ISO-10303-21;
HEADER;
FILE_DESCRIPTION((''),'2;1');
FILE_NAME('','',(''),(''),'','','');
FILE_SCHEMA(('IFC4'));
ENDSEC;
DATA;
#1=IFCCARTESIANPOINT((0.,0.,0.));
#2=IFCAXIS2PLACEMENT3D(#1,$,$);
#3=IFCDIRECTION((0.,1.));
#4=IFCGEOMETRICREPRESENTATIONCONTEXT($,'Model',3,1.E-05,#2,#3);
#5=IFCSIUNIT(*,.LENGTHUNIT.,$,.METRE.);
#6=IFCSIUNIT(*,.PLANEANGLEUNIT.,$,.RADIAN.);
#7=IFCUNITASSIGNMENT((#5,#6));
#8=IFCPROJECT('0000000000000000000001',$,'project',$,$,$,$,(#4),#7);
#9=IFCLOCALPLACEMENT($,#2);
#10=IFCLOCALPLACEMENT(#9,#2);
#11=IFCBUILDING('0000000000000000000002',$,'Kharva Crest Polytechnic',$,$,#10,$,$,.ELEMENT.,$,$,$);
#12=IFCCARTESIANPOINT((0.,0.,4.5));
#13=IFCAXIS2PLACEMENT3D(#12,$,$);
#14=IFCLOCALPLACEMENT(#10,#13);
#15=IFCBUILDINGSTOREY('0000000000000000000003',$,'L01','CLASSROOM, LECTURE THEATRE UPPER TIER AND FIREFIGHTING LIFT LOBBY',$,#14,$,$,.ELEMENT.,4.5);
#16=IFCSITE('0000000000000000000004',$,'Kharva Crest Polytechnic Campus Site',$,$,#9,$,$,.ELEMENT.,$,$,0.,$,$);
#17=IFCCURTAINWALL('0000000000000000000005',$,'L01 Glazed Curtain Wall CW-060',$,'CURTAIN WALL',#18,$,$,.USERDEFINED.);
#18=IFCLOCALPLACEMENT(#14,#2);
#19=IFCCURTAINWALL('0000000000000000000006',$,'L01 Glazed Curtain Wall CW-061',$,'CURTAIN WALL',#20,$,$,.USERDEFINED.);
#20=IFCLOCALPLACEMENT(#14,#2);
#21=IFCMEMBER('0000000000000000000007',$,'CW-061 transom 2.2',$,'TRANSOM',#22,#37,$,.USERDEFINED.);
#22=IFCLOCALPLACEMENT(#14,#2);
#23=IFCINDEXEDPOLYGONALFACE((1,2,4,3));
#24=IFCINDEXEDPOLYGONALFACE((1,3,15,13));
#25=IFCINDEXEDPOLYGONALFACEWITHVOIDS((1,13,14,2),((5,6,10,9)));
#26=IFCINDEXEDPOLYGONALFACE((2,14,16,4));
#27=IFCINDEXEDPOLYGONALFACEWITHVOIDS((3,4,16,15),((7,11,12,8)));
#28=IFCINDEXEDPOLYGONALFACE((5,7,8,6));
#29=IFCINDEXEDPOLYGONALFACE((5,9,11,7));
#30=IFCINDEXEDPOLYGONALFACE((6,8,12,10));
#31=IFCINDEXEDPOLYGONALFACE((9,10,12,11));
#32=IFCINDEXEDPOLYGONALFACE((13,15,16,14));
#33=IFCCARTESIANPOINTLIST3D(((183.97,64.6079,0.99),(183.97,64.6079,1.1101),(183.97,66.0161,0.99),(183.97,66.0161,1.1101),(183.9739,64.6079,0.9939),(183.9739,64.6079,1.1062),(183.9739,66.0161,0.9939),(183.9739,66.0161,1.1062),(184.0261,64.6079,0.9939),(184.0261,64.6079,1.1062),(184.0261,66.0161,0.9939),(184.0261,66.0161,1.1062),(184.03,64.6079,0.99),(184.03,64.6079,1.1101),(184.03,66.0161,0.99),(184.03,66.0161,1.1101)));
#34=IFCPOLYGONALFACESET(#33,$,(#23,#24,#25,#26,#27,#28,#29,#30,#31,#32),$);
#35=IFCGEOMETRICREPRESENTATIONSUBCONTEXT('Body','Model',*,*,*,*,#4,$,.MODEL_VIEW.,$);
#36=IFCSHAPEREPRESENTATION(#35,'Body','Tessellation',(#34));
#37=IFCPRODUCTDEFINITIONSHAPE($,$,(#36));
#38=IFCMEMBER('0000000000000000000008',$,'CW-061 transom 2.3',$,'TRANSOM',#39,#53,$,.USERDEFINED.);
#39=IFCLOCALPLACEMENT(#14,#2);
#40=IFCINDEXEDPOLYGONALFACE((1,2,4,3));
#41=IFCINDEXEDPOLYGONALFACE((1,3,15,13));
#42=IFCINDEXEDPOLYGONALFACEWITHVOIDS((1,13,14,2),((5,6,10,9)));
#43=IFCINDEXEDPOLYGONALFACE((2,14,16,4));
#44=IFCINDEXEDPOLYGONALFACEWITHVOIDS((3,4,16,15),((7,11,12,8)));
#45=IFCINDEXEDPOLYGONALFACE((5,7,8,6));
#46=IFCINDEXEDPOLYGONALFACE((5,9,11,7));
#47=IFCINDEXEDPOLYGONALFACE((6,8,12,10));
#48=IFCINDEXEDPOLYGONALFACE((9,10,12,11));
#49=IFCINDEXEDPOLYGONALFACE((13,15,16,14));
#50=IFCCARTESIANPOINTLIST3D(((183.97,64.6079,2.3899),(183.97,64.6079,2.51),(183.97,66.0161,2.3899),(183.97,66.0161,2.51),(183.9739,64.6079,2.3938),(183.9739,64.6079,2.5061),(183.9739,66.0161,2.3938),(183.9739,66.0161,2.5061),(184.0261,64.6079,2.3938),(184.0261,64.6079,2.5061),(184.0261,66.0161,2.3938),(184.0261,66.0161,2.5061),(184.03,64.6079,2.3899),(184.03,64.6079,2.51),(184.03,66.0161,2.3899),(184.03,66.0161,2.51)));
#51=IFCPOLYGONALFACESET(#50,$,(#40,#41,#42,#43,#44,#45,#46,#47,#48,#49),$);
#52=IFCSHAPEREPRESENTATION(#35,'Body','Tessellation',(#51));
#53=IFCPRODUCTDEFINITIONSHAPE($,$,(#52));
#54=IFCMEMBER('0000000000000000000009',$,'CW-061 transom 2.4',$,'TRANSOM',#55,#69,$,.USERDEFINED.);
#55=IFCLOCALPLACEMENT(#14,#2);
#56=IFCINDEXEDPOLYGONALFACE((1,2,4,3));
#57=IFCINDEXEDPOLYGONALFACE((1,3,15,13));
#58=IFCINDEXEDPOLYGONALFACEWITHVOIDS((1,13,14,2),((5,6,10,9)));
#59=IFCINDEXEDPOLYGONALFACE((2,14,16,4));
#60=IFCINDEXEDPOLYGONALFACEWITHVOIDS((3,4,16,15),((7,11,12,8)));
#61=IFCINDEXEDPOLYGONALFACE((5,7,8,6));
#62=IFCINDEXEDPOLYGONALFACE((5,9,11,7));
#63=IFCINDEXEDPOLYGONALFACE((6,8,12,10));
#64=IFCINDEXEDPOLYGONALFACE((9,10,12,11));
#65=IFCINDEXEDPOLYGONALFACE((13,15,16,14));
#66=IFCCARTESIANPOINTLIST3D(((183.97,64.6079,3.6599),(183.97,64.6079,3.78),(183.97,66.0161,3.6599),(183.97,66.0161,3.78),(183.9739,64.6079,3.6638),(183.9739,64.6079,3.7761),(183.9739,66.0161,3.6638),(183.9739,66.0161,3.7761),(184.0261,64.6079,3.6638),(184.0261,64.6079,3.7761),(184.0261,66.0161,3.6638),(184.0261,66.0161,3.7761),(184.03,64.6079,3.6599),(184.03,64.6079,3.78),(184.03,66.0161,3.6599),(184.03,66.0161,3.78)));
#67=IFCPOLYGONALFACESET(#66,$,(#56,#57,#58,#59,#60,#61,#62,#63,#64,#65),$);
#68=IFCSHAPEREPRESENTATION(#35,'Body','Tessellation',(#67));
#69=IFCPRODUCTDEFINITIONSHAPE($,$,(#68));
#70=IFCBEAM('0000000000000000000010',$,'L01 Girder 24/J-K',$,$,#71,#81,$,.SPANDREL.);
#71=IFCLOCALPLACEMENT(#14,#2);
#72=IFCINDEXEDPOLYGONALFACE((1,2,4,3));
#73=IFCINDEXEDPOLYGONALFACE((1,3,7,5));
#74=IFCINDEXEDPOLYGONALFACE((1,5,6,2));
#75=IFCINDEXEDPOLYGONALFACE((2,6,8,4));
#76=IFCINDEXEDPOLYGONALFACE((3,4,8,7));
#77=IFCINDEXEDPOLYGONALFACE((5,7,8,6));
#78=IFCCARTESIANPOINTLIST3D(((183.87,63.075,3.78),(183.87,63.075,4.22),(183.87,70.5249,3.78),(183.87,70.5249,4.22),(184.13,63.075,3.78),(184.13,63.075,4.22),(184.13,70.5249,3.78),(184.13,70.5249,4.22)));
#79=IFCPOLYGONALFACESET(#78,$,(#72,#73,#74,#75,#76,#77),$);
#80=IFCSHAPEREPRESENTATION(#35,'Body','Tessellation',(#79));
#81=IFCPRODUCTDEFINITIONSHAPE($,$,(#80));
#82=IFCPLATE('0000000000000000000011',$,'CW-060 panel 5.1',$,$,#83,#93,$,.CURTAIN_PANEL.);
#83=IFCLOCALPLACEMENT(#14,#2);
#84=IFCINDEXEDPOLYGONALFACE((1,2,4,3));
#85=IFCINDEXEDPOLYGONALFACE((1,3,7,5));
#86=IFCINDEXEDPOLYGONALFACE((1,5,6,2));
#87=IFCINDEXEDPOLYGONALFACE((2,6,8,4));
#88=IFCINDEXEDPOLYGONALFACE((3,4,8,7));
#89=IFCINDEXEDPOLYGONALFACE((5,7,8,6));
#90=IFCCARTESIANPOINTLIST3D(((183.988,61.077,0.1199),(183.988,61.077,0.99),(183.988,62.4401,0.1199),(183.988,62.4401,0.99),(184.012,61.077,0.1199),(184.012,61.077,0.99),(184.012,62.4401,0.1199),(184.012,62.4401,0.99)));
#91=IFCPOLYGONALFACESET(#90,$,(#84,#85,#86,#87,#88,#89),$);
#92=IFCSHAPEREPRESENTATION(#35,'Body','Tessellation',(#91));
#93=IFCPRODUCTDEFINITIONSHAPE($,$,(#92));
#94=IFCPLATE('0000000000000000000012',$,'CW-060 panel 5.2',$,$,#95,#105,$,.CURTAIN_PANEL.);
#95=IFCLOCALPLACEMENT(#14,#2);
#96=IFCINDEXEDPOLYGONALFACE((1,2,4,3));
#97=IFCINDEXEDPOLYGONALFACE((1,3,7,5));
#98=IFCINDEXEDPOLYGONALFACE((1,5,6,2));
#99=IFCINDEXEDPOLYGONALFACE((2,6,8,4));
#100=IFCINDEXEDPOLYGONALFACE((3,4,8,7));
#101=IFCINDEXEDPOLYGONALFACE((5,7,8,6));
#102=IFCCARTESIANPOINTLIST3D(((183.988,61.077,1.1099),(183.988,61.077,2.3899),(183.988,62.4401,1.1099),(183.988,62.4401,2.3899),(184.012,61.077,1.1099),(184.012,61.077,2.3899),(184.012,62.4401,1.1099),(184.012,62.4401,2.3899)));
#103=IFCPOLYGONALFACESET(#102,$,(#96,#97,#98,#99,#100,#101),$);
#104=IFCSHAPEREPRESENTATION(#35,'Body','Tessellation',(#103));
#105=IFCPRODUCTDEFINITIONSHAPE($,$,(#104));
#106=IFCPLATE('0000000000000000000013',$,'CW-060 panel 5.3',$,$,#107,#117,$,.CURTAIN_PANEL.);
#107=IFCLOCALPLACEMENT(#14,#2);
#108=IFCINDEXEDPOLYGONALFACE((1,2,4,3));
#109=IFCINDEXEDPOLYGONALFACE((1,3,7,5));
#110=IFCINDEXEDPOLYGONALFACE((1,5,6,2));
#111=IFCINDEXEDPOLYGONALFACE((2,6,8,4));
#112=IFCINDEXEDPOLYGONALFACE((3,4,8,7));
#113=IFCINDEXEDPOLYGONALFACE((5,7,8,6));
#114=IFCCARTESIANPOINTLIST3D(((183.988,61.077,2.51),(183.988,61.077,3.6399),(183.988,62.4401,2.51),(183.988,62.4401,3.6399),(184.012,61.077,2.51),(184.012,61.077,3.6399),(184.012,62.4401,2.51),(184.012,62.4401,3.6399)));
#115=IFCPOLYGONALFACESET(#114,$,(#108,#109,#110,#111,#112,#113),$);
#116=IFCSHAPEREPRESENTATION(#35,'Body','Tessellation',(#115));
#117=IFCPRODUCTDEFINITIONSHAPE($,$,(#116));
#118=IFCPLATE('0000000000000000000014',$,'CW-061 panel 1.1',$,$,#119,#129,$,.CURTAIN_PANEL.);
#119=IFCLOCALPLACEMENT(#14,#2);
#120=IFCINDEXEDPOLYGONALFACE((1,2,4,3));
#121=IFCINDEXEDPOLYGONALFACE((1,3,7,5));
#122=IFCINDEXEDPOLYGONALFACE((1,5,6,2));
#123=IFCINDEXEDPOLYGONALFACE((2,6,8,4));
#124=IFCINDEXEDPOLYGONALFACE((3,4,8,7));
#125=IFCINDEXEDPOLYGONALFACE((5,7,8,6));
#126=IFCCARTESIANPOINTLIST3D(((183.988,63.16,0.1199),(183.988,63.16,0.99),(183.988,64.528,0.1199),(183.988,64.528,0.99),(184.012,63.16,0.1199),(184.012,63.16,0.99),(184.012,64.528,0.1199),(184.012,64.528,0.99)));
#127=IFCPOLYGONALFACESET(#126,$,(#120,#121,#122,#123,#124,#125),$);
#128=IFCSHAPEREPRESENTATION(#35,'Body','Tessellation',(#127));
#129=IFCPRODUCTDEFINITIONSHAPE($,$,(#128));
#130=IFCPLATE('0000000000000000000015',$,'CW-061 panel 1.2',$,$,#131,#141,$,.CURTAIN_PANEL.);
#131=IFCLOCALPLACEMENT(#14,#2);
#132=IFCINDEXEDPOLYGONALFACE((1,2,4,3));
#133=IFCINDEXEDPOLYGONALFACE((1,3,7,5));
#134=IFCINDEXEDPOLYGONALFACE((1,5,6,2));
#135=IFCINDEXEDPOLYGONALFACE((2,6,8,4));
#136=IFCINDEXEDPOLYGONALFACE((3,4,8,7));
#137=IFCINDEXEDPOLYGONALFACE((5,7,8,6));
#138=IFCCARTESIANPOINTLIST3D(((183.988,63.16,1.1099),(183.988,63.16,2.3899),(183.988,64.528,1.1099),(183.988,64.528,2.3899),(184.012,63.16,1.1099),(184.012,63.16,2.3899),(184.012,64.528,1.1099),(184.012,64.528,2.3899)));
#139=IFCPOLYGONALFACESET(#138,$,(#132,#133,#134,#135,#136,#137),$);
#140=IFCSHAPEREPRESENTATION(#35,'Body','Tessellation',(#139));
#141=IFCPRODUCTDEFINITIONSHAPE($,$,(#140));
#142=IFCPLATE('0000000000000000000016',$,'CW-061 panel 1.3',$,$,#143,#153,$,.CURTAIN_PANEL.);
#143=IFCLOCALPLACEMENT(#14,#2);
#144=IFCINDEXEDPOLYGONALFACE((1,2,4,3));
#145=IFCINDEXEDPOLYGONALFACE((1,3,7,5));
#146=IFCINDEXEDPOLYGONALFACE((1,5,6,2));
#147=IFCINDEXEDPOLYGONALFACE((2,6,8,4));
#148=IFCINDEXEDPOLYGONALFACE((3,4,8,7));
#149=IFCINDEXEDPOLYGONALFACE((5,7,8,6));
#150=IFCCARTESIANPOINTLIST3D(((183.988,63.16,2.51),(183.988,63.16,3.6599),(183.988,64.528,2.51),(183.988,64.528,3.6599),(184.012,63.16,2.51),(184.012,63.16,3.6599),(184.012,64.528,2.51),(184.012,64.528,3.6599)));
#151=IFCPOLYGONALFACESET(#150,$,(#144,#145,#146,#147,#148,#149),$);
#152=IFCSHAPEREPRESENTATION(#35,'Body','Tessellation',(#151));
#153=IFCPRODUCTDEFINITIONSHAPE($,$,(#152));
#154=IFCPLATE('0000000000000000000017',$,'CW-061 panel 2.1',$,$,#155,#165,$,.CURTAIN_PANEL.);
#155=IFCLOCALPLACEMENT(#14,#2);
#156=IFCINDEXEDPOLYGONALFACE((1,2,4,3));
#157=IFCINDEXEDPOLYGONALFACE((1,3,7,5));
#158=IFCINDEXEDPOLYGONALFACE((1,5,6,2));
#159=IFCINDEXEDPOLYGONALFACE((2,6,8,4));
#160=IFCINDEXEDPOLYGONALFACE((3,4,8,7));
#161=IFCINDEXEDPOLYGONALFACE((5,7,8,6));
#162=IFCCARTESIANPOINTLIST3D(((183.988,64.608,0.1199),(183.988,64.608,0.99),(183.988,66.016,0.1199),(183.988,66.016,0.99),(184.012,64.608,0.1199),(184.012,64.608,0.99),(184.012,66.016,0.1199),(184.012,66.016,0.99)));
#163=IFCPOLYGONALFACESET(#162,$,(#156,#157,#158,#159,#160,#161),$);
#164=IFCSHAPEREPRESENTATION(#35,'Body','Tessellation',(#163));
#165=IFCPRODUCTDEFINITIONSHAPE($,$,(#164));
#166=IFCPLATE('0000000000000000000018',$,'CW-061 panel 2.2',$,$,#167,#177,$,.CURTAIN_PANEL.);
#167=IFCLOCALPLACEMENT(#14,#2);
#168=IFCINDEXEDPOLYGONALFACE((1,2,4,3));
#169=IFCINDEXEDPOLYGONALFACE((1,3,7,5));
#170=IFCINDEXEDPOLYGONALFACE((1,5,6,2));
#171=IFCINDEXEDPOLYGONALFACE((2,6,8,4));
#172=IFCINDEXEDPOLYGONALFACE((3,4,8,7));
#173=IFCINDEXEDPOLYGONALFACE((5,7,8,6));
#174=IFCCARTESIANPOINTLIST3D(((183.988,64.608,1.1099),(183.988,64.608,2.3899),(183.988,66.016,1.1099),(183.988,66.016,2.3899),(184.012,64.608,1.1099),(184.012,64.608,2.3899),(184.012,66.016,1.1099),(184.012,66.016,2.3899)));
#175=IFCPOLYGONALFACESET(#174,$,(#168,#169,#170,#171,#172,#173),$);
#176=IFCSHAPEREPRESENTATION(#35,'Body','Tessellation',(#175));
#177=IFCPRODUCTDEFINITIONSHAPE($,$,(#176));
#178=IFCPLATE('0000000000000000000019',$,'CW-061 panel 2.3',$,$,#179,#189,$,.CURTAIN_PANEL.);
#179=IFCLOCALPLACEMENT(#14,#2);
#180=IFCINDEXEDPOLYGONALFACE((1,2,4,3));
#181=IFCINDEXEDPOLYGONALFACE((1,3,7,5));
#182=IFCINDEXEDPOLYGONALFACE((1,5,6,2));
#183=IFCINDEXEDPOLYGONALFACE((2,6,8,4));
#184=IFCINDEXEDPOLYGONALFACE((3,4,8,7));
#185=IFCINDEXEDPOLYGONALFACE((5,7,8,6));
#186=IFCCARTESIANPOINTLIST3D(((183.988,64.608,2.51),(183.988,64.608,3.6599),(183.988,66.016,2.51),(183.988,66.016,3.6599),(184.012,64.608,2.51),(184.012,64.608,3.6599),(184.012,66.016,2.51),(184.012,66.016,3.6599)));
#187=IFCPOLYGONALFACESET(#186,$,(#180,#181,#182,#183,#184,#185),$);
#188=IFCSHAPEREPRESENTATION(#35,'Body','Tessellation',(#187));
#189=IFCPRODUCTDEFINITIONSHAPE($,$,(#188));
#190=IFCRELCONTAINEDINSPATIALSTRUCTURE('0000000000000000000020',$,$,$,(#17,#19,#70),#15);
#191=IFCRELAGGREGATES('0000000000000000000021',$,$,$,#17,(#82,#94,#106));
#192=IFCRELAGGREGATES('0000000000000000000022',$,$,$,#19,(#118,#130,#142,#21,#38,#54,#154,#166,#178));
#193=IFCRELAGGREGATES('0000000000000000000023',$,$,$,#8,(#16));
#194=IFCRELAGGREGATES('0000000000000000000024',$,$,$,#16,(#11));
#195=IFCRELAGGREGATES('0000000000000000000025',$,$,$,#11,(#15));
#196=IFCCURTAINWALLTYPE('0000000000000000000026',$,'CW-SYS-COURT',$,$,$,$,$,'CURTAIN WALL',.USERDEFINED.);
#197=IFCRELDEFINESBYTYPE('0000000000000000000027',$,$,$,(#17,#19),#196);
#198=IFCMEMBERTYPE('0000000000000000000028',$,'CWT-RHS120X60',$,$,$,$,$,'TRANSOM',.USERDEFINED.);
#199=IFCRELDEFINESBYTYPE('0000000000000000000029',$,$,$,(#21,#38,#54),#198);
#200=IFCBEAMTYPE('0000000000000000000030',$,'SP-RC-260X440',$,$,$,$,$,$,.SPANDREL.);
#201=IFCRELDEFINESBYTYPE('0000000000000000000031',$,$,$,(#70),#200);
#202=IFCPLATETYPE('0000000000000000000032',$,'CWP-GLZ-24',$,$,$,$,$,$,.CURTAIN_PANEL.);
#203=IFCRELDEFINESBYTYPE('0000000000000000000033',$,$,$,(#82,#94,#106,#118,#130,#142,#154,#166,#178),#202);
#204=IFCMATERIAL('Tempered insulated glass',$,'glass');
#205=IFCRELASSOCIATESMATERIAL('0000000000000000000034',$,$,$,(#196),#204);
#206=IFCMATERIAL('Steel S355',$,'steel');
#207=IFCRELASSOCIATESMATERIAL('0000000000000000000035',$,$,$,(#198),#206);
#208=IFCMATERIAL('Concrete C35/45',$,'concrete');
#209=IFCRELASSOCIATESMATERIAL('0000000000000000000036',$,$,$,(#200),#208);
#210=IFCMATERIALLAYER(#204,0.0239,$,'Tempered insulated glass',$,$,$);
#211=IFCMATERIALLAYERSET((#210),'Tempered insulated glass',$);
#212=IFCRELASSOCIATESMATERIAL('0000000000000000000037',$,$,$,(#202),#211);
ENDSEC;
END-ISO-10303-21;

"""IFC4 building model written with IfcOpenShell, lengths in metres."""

from ifc_helpers import new_model, si_unit, direction, frame, origin, origin_2d, place, context, subcontext, project, spatial, rectangle, hollow_rectangle, extrude, material, layer, layer_set, material_profile, profile_set, type_object, element, aggregate, save


model = new_model("IFC4")

# Units and contexts
model_context = context("Model", 3, precision=1e-05, world=origin(), true_north=direction((0.0, 1.0)))
body_context = subcontext(model_context, "Body", "Model", "MODEL_VIEW")
ifc_project = project(units=[si_unit("LENGTHUNIT", "METRE"), si_unit("PLANEANGLEUNIT", "RADIAN")], contexts=[model_context])

# Site, building, storey
site_placement = place(None, origin())
site = spatial("IfcSite", under=ifc_project, at=site_placement, Name="Kharva Crest Polytechnic Campus Site", CompositionType="ELEMENT", RefElevation=0.0)
building_placement = place(site_placement, origin())
building = spatial("IfcBuilding", under=site, at=building_placement, Name="Kharva Crest Polytechnic", CompositionType="ELEMENT")
storey_placement = place(building_placement, frame((0.0, 0.0, 4.5)))
storey = spatial("IfcBuildingStorey", under=building, at=storey_placement, Name="L01", Description="CLASSROOM, LECTURE THEATRE UPPER TIER AND FIREFIGHTING LIFT LOBBY", CompositionType="ELEMENT", Elevation=4.5)

# Curtain wall
ifc_material_1 = material(Name="Tempered insulated glass", Category="glass")
curtain_wall_type = type_object("IfcCurtainWallType", Name="CW-SYS-COURT", ElementType="CURTAIN WALL", PredefinedType="USERDEFINED", material=ifc_material_1)
curtain_wall_1_placement = place(storey_placement, origin())
curtain_wall_1 = element("IfcCurtainWall", 1, at=curtain_wall_1_placement, inside=storey, type_object=curtain_wall_type, Name="L01 Glazed Curtain Wall CW-060", ObjectType="CURTAIN WALL", PredefinedType="USERDEFINED")
ifc_material_2 = material(Name="Steel S355", Category="steel")

# Curtain wall
curtain_wall_2_placement = place(storey_placement, origin())
curtain_wall_2 = element("IfcCurtainWall", 2, at=curtain_wall_2_placement, inside=storey, type_object=curtain_wall_type, Name="L01 Glazed Curtain Wall CW-061", ObjectType="CURTAIN WALL", PredefinedType="USERDEFINED")

# Members
ifc_material_profile_1 = material_profile(ifc_material_2, hollow_rectangle(XDim=0.0601, YDim=0.1201, WallThickness=0.0039, at=origin_2d()), Name="RHS 120X60X4.0")
ifc_profile_set_1 = profile_set([ifc_material_profile_1], Name="Steel S355")
member_type_1 = type_object("IfcMemberType", Name="CWT-RHS120X60", ElementType="TRANSOM", PredefinedType="USERDEFINED", material=ifc_profile_set_1)
member_1_placement = place(storey_placement, frame((184.0, 64.6079, 1.05), z_axis=(0.0, 1.0, 0.0), x_axis=(-1.0, 0.0, 0.0)))
member_1 = element("IfcMember", 3, at=member_1_placement, type_object=member_type_1, Name="CW-061 transom 2.2", ObjectType="TRANSOM", PredefinedType="USERDEFINED", context=body_context, shape_type="SweptSolid", body=[
    extrude(hollow_rectangle(XDim=0.0601, YDim=0.1201, WallThickness=0.0039, at=origin_2d()), origin(), (0.0, 0.0, 1.0), 1.4082),
])
member_2_placement = place(storey_placement, frame((184.0, 64.6079, 2.45), z_axis=(0.0, 1.0, 0.0), x_axis=(-1.0, 0.0, 0.0)))
member_2 = element("IfcMember", 4, at=member_2_placement, type_object=member_type_1, Name="CW-061 transom 2.3", ObjectType="TRANSOM", PredefinedType="USERDEFINED", context=body_context, shape_type="SweptSolid", body=[
    extrude(hollow_rectangle(XDim=0.0601, YDim=0.1201, WallThickness=0.0039, at=origin_2d()), origin(), (0.0, 0.0, 1.0), 1.4082),
])
member_3_placement = place(storey_placement, frame((184.0, 64.6079, 3.72), z_axis=(0.0, 1.0, 0.0), x_axis=(-1.0, 0.0, 0.0)))
member_3 = element("IfcMember", 5, at=member_3_placement, type_object=member_type_1, Name="CW-061 transom 2.4", ObjectType="TRANSOM", PredefinedType="USERDEFINED", context=body_context, shape_type="SweptSolid", body=[
    extrude(hollow_rectangle(XDim=0.0601, YDim=0.1201, WallThickness=0.0039, at=origin_2d()), origin(), (0.0, 0.0, 1.0), 1.4082),
])

# Beam
ifc_material_3 = material(Name="Concrete C35/45", Category="concrete")
ifc_material_profile_2 = material_profile(ifc_material_3, rectangle(XDim=0.26, YDim=0.4399, at=origin_2d()), Name="RECT 260 X 440")
ifc_profile_set_2 = profile_set([ifc_material_profile_2], Name="Concrete C35/45")
beam_type = type_object("IfcBeamType", Name="SP-RC-260X440", PredefinedType="SPANDREL", material=ifc_profile_set_2)
beam_placement = place(storey_placement, frame((184.0, 63.075, 4.0), z_axis=(0.0, 1.0, 0.0), x_axis=(-1.0, 0.0, 0.0)))
element("IfcBeam", 6, at=beam_placement, inside=storey, type_object=beam_type, Name="L01 Girder 24/J-K", PredefinedType="SPANDREL", context=body_context, shape_type="SweptSolid", body=[
    extrude(rectangle(XDim=0.26, YDim=0.4399, at=origin_2d()), origin(), (0.0, 0.0, 1.0), 7.45),
])

# Plates
ifc_layer = layer(ifc_material_1, 0.0239, Name="Tempered insulated glass")
ifc_layer_set = layer_set([ifc_layer], Name="Tempered insulated glass")
plate_type = type_object("IfcPlateType", Name="CWP-GLZ-24", PredefinedType="CURTAIN_PANEL", material=ifc_layer_set)
plate_1_placement = place(storey_placement, frame((184.0, 61.7585, 0.1199), z_axis=(0.0, 0.0, 1.0), x_axis=(0.0, 1.0, 0.0)))
plate_1 = element("IfcPlate", 7, at=plate_1_placement, type_object=plate_type, Name="CW-060 panel 5.1", PredefinedType="CURTAIN_PANEL", context=body_context, shape_type="SweptSolid", body=[
    extrude(rectangle(XDim=1.363, YDim=0.0239, at=origin_2d()), origin(), (0.0, 0.0, 1.0), 0.8701),
])
plate_2_placement = place(storey_placement, frame((184.0, 61.7585, 1.1099), z_axis=(0.0, 0.0, 1.0), x_axis=(0.0, 1.0, 0.0)))
plate_2 = element("IfcPlate", 8, at=plate_2_placement, type_object=plate_type, Name="CW-060 panel 5.2", PredefinedType="CURTAIN_PANEL", context=body_context, shape_type="SweptSolid", body=[
    extrude(rectangle(XDim=1.363, YDim=0.0239, at=origin_2d()), origin(), (0.0, 0.0, 1.0), 1.28),
])
plate_3_placement = place(storey_placement, frame((184.0, 61.7585, 2.51), z_axis=(0.0, 0.0, 1.0), x_axis=(0.0, 1.0, 0.0)))
plate_3 = element("IfcPlate", 9, at=plate_3_placement, type_object=plate_type, Name="CW-060 panel 5.3", PredefinedType="CURTAIN_PANEL", context=body_context, shape_type="SweptSolid", body=[
    extrude(rectangle(XDim=1.363, YDim=0.0239, at=origin_2d()), origin(), (0.0, 0.0, 1.0), 1.1299),
])
aggregate(curtain_wall_1, [plate_1, plate_2, plate_3])
plate_4_placement = place(storey_placement, frame((184.0, 63.844, 0.1199), z_axis=(0.0, 0.0, 1.0), x_axis=(0.0, 1.0, 0.0)))
plate_4 = element("IfcPlate", 10, at=plate_4_placement, type_object=plate_type, Name="CW-061 panel 1.1", PredefinedType="CURTAIN_PANEL", context=body_context, shape_type="SweptSolid", body=[
    extrude(rectangle(XDim=1.3679, YDim=0.0239, at=origin_2d()), origin(), (0.0, 0.0, 1.0), 0.8701),
])
plate_5_placement = place(storey_placement, frame((184.0, 63.844, 1.1099), z_axis=(0.0, 0.0, 1.0), x_axis=(0.0, 1.0, 0.0)))
plate_5 = element("IfcPlate", 11, at=plate_5_placement, type_object=plate_type, Name="CW-061 panel 1.2", PredefinedType="CURTAIN_PANEL", context=body_context, shape_type="SweptSolid", body=[
    extrude(rectangle(XDim=1.3679, YDim=0.0239, at=origin_2d()), origin(), (0.0, 0.0, 1.0), 1.28),
])
plate_6_placement = place(storey_placement, frame((184.0, 63.844, 2.51), z_axis=(0.0, 0.0, 1.0), x_axis=(0.0, 1.0, 0.0)))
plate_6 = element("IfcPlate", 12, at=plate_6_placement, type_object=plate_type, Name="CW-061 panel 1.3", PredefinedType="CURTAIN_PANEL", context=body_context, shape_type="SweptSolid", body=[
    extrude(rectangle(XDim=1.3679, YDim=0.0239, at=origin_2d()), origin(), (0.0, 0.0, 1.0), 1.1499),
])
plate_7_placement = place(storey_placement, frame((184.0, 65.312, 0.1199), z_axis=(0.0, 0.0, 1.0), x_axis=(0.0, 1.0, 0.0)))
plate_7 = element("IfcPlate", 13, at=plate_7_placement, type_object=plate_type, Name="CW-061 panel 2.1", PredefinedType="CURTAIN_PANEL", context=body_context, shape_type="SweptSolid", body=[
    extrude(rectangle(XDim=1.408, YDim=0.0239, at=origin_2d()), origin(), (0.0, 0.0, 1.0), 0.8701),
])
plate_8_placement = place(storey_placement, frame((184.0, 65.312, 1.1099), z_axis=(0.0, 0.0, 1.0), x_axis=(0.0, 1.0, 0.0)))
plate_8 = element("IfcPlate", 14, at=plate_8_placement, type_object=plate_type, Name="CW-061 panel 2.2", PredefinedType="CURTAIN_PANEL", context=body_context, shape_type="SweptSolid", body=[
    extrude(rectangle(XDim=1.408, YDim=0.0239, at=origin_2d()), origin(), (0.0, 0.0, 1.0), 1.28),
])
plate_9_placement = place(storey_placement, frame((184.0, 65.312, 2.51), z_axis=(0.0, 0.0, 1.0), x_axis=(0.0, 1.0, 0.0)))
plate_9 = element("IfcPlate", 15, at=plate_9_placement, type_object=plate_type, Name="CW-061 panel 2.3", PredefinedType="CURTAIN_PANEL", context=body_context, shape_type="SweptSolid", body=[
    extrude(rectangle(XDim=1.408, YDim=0.0239, at=origin_2d()), origin(), (0.0, 0.0, 1.0), 1.1499),
])
aggregate(curtain_wall_2, [plate_4, plate_5, plate_6, member_1, member_2, member_3, plate_7, plate_8, plate_9])

save(model, "model.ifc")
